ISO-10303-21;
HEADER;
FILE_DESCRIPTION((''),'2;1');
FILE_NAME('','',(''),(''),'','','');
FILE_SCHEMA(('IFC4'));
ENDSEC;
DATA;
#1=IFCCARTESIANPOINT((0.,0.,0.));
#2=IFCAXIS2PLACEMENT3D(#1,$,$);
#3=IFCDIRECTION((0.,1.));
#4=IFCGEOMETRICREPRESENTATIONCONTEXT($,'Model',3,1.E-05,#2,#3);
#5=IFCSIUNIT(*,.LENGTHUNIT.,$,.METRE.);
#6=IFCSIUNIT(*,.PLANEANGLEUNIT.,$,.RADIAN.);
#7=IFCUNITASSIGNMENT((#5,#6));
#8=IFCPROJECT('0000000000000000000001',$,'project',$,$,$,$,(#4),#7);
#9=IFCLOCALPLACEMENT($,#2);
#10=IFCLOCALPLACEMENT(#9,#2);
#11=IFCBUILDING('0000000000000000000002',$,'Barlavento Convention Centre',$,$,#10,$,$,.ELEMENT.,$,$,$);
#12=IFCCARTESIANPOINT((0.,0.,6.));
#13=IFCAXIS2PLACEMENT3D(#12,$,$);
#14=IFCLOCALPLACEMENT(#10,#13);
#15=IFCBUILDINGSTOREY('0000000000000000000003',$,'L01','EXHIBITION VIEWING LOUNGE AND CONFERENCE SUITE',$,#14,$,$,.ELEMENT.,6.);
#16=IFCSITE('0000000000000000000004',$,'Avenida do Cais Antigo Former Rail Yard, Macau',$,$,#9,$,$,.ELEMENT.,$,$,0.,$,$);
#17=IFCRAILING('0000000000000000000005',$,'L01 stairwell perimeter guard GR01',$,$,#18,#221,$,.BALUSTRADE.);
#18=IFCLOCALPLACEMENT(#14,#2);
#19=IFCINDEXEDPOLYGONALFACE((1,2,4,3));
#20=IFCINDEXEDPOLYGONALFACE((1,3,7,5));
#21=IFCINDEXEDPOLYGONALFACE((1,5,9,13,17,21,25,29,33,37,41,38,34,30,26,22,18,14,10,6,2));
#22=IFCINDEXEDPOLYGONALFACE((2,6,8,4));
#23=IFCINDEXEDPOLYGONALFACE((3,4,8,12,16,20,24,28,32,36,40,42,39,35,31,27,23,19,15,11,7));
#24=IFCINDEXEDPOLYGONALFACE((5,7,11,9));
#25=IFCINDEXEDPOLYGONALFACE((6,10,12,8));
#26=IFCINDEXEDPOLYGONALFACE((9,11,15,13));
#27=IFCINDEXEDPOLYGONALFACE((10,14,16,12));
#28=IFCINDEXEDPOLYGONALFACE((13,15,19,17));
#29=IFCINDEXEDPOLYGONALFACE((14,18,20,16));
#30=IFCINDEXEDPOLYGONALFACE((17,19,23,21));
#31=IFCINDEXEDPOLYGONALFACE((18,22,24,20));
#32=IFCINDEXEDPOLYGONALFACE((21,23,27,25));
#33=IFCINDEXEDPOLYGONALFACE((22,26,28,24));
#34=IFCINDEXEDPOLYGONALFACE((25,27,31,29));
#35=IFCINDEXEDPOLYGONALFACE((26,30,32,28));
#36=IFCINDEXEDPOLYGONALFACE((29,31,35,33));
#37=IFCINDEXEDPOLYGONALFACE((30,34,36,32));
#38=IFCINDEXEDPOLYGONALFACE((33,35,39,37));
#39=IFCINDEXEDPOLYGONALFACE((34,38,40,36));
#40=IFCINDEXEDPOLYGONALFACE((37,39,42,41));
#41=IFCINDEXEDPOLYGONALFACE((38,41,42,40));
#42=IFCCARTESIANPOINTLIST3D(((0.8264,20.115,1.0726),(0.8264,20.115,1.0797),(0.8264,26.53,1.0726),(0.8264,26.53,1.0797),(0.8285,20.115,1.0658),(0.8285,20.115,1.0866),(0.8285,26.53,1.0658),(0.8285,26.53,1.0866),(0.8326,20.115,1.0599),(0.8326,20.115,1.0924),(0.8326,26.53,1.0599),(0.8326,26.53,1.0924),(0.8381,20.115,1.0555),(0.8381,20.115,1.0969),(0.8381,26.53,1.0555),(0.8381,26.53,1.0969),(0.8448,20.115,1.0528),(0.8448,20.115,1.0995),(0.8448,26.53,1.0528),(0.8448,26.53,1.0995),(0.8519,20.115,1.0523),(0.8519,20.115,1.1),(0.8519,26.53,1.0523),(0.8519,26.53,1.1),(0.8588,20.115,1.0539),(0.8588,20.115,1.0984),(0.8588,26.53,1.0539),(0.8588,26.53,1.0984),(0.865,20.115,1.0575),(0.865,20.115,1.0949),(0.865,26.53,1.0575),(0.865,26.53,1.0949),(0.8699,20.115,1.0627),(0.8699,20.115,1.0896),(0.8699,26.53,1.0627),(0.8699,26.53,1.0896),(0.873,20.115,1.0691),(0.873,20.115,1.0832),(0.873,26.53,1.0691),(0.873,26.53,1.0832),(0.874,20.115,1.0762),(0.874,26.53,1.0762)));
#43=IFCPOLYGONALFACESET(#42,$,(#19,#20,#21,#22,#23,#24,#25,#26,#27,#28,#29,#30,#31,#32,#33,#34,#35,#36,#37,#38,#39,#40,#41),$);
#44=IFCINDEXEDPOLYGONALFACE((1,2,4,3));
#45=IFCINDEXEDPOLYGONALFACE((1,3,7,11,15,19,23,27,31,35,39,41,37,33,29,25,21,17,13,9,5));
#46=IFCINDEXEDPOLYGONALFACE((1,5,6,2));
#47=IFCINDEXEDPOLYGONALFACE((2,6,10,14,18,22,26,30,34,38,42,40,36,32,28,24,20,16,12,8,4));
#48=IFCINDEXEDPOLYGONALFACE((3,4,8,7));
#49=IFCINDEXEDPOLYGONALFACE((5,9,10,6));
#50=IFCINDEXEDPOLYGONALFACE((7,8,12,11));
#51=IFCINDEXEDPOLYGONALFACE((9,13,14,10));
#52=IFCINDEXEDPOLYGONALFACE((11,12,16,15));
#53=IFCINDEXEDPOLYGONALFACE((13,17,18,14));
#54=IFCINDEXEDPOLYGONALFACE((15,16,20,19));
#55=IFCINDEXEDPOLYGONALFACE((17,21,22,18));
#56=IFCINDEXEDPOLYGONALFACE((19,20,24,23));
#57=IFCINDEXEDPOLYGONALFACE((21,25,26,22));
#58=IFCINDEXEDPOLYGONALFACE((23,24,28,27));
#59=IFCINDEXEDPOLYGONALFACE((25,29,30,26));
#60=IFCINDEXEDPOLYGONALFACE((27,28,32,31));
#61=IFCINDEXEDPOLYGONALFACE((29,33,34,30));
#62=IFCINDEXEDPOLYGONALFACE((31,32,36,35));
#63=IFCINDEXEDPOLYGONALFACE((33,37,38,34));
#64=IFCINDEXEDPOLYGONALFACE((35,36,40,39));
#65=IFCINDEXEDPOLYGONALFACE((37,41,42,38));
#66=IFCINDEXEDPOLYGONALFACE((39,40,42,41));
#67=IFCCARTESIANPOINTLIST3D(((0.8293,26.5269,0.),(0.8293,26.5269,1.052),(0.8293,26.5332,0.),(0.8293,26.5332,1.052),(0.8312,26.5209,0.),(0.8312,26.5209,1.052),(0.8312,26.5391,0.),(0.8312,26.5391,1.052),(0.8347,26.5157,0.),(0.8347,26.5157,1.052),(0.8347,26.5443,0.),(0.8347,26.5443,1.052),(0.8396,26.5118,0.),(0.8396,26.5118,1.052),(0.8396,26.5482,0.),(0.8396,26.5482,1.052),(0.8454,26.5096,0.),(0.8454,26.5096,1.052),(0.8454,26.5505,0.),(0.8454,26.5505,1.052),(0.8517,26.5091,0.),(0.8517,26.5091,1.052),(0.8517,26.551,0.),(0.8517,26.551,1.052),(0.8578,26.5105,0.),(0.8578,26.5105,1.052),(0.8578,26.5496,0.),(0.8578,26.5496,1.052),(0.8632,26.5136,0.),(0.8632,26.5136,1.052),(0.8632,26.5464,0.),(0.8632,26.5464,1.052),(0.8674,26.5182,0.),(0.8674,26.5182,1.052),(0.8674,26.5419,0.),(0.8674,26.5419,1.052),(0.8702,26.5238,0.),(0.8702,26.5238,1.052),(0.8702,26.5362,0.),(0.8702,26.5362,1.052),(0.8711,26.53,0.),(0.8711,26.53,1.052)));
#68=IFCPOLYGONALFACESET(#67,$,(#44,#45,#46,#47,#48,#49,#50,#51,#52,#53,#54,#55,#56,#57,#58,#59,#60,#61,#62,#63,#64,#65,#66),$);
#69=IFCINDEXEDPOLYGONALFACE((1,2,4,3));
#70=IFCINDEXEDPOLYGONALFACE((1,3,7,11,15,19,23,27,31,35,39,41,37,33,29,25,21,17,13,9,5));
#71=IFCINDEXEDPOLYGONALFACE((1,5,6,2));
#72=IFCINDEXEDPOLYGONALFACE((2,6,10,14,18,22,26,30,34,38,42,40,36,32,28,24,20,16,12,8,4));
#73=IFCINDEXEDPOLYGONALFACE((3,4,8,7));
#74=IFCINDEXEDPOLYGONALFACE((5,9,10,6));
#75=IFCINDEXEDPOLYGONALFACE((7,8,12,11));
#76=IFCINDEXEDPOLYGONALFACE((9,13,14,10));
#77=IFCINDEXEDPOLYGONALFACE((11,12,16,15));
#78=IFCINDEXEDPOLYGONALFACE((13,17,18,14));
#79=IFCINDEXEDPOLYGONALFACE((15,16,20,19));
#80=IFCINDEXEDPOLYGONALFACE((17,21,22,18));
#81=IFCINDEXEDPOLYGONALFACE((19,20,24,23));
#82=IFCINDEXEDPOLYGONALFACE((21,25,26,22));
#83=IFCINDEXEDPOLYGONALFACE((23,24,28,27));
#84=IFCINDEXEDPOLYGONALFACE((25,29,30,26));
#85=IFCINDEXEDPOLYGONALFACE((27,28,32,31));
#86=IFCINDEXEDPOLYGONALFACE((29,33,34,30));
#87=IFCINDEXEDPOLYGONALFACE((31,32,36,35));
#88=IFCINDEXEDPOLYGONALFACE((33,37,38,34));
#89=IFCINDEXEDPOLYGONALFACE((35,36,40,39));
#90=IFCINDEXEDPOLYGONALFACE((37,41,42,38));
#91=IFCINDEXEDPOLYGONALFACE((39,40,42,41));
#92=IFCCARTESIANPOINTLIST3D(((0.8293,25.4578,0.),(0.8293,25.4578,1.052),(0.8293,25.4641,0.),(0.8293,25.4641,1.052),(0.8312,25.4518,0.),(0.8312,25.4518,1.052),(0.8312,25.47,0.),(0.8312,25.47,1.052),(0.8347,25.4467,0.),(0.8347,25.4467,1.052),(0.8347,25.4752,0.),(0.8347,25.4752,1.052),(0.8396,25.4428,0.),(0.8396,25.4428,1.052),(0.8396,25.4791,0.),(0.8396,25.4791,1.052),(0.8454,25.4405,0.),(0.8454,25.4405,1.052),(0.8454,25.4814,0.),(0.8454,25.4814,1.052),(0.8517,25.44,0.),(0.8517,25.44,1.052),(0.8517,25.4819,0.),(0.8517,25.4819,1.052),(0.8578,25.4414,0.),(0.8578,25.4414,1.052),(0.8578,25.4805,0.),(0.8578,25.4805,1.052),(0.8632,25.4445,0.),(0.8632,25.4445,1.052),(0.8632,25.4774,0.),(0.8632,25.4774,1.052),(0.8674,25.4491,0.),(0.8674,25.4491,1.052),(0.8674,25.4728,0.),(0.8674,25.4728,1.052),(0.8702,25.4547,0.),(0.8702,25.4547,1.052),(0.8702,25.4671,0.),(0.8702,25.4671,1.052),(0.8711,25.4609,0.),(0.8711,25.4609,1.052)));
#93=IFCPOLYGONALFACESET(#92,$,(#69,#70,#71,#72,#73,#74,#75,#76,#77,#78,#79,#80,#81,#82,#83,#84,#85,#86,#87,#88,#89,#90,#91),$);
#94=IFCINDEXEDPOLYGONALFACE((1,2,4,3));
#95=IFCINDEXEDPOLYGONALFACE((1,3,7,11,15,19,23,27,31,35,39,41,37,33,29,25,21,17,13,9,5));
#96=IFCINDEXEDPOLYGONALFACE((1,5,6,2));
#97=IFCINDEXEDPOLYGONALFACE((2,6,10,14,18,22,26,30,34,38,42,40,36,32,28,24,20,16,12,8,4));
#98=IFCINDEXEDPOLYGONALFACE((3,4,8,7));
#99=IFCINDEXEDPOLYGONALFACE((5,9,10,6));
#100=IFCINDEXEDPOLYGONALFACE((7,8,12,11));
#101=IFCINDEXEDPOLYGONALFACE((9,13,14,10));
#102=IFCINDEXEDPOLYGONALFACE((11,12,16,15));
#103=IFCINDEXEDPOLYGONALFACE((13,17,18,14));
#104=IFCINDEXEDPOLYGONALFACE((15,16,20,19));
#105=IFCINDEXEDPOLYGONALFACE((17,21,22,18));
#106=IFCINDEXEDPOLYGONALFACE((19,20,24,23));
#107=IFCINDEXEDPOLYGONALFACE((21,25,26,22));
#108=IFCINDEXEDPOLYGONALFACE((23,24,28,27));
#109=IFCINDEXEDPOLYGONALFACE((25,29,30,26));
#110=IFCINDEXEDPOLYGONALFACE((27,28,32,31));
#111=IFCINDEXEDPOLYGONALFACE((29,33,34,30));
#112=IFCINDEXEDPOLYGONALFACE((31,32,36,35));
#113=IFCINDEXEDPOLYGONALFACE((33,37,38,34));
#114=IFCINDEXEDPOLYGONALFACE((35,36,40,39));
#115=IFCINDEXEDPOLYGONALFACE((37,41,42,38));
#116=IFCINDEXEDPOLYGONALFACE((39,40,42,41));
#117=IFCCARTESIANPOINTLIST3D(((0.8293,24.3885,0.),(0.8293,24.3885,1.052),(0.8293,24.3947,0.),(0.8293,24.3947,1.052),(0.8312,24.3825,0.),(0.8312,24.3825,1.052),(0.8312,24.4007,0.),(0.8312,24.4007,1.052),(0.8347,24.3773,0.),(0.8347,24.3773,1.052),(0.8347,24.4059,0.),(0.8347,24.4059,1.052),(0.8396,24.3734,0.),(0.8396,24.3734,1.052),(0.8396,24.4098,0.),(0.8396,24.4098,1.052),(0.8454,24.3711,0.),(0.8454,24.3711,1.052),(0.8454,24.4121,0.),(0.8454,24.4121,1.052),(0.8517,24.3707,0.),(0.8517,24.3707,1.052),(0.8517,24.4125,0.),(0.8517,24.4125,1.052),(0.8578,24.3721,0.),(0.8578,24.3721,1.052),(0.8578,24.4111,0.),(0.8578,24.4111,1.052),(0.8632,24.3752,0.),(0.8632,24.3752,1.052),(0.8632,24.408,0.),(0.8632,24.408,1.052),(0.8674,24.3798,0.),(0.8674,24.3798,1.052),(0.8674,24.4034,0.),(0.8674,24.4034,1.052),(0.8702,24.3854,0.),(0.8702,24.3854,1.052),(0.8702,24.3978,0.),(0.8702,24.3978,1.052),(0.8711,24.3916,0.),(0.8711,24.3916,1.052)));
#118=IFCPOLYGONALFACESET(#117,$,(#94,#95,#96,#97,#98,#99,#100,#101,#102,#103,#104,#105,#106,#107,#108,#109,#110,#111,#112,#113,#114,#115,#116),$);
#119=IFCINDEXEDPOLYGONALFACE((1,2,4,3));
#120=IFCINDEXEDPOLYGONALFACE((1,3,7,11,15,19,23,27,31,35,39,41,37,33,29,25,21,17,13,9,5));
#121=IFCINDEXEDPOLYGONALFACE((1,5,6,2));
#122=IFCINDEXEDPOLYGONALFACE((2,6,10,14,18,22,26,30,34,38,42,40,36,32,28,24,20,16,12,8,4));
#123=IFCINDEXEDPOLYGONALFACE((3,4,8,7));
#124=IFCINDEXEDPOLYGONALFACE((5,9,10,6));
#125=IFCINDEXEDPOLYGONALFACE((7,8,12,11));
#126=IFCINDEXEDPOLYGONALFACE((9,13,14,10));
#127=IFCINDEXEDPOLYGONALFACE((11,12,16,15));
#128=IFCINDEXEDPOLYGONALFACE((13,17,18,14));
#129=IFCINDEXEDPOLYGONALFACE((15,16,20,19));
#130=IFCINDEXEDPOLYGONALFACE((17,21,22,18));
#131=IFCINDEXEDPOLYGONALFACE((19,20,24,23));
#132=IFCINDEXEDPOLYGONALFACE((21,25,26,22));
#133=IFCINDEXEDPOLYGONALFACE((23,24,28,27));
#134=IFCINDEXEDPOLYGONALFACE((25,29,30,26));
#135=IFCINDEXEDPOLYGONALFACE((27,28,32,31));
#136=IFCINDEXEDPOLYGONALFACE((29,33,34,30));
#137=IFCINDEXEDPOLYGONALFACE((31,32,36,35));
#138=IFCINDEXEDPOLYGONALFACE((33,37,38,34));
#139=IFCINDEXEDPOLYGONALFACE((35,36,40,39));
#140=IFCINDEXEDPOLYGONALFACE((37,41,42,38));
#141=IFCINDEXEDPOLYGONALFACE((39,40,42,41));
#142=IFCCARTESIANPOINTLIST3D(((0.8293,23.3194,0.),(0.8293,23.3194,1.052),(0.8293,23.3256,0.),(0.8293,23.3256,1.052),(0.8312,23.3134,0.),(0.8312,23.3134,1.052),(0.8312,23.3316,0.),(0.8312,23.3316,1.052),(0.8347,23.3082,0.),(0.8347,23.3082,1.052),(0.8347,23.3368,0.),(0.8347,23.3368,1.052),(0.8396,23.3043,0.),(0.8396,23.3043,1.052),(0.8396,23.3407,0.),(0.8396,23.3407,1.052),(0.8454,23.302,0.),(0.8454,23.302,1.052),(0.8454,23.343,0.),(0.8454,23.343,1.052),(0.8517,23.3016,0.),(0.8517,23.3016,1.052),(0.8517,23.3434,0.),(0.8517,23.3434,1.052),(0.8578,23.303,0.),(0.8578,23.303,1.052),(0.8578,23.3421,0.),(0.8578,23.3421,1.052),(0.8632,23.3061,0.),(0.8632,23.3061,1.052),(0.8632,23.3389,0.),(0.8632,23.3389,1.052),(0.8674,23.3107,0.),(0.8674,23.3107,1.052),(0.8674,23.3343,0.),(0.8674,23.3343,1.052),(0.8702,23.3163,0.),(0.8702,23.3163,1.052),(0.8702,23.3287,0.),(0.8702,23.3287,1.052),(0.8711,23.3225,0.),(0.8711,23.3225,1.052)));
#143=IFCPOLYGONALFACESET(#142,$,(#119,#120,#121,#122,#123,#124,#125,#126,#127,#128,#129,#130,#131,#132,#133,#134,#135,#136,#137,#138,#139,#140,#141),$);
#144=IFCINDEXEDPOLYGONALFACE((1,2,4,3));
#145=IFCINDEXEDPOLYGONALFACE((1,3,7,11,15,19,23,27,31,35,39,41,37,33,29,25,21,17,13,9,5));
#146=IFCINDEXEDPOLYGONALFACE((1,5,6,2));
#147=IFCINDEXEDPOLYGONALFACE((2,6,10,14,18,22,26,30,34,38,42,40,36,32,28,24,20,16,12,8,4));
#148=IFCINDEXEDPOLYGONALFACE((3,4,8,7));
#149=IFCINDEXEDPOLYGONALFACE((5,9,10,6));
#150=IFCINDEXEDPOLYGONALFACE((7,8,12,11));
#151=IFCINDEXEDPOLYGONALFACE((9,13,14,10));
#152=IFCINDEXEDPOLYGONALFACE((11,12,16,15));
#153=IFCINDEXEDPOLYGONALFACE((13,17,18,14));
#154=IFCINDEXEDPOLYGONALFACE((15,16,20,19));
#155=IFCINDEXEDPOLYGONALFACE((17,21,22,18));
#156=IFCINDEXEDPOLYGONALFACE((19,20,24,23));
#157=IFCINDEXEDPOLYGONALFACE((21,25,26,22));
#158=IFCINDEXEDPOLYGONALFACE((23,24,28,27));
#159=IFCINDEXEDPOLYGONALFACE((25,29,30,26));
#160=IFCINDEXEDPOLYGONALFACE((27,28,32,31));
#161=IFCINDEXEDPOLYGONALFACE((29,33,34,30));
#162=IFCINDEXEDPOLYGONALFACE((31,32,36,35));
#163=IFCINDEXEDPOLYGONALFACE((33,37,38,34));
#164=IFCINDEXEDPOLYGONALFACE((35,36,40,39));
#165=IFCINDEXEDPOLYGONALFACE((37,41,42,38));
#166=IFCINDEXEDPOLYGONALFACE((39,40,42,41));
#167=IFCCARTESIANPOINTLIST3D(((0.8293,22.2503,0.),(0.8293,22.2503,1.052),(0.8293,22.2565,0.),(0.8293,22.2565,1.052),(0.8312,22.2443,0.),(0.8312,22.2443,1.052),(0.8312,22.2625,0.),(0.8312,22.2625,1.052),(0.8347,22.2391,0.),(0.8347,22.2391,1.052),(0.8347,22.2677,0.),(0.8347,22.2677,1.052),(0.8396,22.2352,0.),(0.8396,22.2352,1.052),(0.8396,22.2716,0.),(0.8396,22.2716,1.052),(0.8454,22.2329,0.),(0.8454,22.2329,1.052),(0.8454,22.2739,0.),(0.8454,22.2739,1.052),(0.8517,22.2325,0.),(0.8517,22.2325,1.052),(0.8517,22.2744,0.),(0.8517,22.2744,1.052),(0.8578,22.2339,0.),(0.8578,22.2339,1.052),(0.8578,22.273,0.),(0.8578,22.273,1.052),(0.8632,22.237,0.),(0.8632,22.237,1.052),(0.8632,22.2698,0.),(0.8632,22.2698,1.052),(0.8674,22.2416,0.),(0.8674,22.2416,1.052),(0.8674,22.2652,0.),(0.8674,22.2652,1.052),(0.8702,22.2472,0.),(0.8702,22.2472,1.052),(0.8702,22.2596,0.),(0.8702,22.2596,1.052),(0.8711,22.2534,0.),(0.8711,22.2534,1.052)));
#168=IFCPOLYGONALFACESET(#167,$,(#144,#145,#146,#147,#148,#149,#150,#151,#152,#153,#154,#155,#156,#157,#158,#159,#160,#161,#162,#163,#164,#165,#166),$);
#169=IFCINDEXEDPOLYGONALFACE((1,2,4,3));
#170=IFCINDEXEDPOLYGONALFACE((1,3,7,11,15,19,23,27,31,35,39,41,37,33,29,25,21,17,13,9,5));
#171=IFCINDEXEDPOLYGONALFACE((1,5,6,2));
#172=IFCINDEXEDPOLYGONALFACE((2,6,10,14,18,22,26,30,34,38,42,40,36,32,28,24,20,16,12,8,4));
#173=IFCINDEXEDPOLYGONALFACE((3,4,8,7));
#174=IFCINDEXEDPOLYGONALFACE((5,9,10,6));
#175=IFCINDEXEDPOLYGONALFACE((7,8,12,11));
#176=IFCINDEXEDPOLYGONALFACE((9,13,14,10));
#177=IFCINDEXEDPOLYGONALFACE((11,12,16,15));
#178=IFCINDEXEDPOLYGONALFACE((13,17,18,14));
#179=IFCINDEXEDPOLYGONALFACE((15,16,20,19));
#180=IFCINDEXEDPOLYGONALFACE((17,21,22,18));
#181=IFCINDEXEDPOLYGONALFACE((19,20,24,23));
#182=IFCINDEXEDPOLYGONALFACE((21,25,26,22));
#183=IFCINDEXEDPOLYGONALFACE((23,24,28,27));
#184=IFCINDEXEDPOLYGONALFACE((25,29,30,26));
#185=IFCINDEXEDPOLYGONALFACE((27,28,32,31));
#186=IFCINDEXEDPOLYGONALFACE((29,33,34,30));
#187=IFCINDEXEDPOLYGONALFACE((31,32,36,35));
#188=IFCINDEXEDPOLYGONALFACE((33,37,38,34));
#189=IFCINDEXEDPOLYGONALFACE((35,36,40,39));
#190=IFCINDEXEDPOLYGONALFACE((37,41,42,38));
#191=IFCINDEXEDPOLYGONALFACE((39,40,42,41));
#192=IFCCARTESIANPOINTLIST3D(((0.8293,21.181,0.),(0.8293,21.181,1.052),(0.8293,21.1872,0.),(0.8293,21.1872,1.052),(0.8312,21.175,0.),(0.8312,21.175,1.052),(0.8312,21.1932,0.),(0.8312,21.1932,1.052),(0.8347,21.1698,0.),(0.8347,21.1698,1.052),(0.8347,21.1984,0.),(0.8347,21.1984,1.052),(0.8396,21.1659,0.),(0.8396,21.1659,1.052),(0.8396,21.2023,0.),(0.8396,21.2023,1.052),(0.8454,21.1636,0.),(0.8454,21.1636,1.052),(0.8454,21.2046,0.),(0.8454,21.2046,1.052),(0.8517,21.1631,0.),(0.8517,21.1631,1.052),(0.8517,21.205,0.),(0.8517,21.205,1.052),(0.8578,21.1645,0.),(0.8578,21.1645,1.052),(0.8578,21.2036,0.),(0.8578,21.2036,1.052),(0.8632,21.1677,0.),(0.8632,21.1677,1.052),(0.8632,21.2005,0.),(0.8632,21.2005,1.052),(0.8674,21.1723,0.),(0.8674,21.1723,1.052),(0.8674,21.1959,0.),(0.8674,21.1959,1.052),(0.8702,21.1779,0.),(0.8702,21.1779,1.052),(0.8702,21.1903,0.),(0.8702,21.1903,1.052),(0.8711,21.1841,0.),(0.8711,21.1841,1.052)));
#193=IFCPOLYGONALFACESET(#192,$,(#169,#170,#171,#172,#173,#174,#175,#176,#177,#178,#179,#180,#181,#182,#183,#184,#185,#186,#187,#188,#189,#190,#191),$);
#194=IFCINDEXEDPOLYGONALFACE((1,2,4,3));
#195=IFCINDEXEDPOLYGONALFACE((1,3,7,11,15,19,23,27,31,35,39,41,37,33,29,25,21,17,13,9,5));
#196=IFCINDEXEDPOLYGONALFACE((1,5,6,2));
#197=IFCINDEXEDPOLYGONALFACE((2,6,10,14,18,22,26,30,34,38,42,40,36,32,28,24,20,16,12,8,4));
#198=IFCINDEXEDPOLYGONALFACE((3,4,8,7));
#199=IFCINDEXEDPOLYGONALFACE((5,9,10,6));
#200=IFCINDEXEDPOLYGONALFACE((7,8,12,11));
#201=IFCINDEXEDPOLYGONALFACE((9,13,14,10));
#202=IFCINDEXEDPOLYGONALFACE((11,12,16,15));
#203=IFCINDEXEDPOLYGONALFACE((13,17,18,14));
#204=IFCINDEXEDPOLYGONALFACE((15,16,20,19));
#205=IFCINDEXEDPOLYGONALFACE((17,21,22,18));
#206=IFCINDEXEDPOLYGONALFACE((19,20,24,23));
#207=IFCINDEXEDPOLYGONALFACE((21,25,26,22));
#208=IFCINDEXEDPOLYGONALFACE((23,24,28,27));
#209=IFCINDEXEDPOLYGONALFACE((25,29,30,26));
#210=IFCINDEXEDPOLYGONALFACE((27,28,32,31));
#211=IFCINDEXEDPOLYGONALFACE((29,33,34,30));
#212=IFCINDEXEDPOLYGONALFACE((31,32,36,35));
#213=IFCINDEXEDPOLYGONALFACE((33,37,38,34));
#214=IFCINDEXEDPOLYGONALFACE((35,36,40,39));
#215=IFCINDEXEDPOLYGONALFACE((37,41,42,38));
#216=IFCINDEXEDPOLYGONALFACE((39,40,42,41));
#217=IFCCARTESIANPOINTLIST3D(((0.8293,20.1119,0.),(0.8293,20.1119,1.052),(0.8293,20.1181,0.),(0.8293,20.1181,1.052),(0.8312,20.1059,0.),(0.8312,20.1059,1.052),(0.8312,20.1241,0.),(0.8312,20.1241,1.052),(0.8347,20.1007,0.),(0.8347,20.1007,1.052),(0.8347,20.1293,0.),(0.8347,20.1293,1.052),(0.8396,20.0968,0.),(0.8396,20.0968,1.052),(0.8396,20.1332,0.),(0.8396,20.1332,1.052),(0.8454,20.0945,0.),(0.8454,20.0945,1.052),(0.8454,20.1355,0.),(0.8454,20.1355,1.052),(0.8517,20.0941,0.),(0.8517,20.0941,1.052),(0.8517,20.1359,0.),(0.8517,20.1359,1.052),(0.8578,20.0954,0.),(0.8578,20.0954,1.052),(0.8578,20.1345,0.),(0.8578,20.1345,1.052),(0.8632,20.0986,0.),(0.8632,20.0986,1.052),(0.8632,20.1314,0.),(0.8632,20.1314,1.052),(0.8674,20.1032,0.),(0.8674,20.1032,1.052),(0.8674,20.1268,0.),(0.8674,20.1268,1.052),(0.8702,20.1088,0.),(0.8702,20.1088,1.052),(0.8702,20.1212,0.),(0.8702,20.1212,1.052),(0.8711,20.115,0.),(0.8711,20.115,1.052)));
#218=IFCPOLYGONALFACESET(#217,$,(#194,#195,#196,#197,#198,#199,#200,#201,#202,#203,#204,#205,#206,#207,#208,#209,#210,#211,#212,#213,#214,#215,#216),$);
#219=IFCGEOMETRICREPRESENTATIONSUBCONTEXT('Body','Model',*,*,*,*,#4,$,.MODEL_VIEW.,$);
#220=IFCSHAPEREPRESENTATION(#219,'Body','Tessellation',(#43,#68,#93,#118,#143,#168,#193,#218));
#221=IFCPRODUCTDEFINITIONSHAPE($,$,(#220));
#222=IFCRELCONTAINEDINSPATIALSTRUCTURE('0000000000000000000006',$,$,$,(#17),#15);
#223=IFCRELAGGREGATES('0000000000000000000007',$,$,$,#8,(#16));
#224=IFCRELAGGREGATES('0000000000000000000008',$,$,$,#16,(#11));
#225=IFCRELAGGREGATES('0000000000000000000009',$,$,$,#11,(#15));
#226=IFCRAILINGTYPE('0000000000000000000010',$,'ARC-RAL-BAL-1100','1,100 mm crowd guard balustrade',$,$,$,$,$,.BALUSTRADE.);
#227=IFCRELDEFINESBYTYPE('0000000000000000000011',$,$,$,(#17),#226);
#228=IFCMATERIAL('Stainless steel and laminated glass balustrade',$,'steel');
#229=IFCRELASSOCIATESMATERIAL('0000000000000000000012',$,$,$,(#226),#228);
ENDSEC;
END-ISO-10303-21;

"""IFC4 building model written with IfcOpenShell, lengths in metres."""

from ifc_helpers import new_model, si_unit, direction, frame, origin, origin_2d, place, context, subcontext, project, spatial, circle, extrude, material, type_object, element, save


model = new_model("IFC4")

# Units and contexts
model_context = context("Model", 3, precision=1e-05, world=origin(), true_north=direction((0.0, 1.0)))
body_context = subcontext(model_context, "Body", "Model", "MODEL_VIEW")
ifc_project = project(units=[si_unit("LENGTHUNIT", "METRE"), si_unit("PLANEANGLEUNIT", "RADIAN")], contexts=[model_context])

# Site, building, storey
site_placement = place(None, origin())
site = spatial("IfcSite", under=ifc_project, at=site_placement, Name="Avenida do Cais Antigo Former Rail Yard, Macau", CompositionType="ELEMENT", RefElevation=0.0)
building_placement = place(site_placement, origin())
building = spatial("IfcBuilding", under=site, at=building_placement, Name="Barlavento Convention Centre", CompositionType="ELEMENT")
storey_placement = place(building_placement, frame((0.0, 0.0, 6.0)))
storey = spatial("IfcBuildingStorey", under=building, at=storey_placement, Name="L01", Description="EXHIBITION VIEWING LOUNGE AND CONFERENCE SUITE", CompositionType="ELEMENT", Elevation=6.0)

# Railing
ifc_material_1 = material(Name="Stainless steel and laminated glass balustrade", Category="steel")
railing_type_1 = type_object("IfcRailingType", Name="ARC-RAL-BAL-1100", Description="1,100 mm crowd guard balustrade", PredefinedType="BALUSTRADE", material=ifc_material_1)
railing_1_placement = place(storey_placement, frame((0.8501, 26.53, 0.0)))
element("IfcRailing", 1, at=railing_1_placement, inside=storey, type_object=railing_type_1, Name="L01 stairwell perimeter guard GR01", PredefinedType="BALUSTRADE", context=body_context, shape_type="SweptSolid", body=[
    extrude(circle(Radius=0.0239, at=origin_2d()), frame((0.0, 0.0, 1.0762), z_axis=(0.0, -1.0, 0.0), x_axis=(1.0, 0.0, 0.0)), (0.0, 0.0, 1.0), 6.415),
    extrude(circle(Radius=0.021, at=origin_2d()), origin(), (0.0, 0.0, 1.0), 1.052),
    extrude(circle(Radius=0.021, at=origin_2d()), frame((0.0, -1.0691, 0.0)), (0.0, 0.0, 1.0), 1.052),
    extrude(circle(Radius=0.021, at=origin_2d()), frame((0.0, -2.1384, 0.0)), (0.0, 0.0, 1.0), 1.052),
    extrude(circle(Radius=0.021, at=origin_2d()), frame((0.0, -3.2075, 0.0)), (0.0, 0.0, 1.0), 1.052),
    extrude(circle(Radius=0.021, at=origin_2d()), frame((0.0, -4.2766, 0.0)), (0.0, 0.0, 1.0), 1.052),
    extrude(circle(Radius=0.021, at=origin_2d()), frame((0.0, -5.3459, 0.0)), (0.0, 0.0, 1.0), 1.052),
    extrude(circle(Radius=0.021, at=origin_2d()), frame((0.0, -6.415, 0.0)), (0.0, 0.0, 1.0), 1.052),
])

save(model, "model.ifc")
